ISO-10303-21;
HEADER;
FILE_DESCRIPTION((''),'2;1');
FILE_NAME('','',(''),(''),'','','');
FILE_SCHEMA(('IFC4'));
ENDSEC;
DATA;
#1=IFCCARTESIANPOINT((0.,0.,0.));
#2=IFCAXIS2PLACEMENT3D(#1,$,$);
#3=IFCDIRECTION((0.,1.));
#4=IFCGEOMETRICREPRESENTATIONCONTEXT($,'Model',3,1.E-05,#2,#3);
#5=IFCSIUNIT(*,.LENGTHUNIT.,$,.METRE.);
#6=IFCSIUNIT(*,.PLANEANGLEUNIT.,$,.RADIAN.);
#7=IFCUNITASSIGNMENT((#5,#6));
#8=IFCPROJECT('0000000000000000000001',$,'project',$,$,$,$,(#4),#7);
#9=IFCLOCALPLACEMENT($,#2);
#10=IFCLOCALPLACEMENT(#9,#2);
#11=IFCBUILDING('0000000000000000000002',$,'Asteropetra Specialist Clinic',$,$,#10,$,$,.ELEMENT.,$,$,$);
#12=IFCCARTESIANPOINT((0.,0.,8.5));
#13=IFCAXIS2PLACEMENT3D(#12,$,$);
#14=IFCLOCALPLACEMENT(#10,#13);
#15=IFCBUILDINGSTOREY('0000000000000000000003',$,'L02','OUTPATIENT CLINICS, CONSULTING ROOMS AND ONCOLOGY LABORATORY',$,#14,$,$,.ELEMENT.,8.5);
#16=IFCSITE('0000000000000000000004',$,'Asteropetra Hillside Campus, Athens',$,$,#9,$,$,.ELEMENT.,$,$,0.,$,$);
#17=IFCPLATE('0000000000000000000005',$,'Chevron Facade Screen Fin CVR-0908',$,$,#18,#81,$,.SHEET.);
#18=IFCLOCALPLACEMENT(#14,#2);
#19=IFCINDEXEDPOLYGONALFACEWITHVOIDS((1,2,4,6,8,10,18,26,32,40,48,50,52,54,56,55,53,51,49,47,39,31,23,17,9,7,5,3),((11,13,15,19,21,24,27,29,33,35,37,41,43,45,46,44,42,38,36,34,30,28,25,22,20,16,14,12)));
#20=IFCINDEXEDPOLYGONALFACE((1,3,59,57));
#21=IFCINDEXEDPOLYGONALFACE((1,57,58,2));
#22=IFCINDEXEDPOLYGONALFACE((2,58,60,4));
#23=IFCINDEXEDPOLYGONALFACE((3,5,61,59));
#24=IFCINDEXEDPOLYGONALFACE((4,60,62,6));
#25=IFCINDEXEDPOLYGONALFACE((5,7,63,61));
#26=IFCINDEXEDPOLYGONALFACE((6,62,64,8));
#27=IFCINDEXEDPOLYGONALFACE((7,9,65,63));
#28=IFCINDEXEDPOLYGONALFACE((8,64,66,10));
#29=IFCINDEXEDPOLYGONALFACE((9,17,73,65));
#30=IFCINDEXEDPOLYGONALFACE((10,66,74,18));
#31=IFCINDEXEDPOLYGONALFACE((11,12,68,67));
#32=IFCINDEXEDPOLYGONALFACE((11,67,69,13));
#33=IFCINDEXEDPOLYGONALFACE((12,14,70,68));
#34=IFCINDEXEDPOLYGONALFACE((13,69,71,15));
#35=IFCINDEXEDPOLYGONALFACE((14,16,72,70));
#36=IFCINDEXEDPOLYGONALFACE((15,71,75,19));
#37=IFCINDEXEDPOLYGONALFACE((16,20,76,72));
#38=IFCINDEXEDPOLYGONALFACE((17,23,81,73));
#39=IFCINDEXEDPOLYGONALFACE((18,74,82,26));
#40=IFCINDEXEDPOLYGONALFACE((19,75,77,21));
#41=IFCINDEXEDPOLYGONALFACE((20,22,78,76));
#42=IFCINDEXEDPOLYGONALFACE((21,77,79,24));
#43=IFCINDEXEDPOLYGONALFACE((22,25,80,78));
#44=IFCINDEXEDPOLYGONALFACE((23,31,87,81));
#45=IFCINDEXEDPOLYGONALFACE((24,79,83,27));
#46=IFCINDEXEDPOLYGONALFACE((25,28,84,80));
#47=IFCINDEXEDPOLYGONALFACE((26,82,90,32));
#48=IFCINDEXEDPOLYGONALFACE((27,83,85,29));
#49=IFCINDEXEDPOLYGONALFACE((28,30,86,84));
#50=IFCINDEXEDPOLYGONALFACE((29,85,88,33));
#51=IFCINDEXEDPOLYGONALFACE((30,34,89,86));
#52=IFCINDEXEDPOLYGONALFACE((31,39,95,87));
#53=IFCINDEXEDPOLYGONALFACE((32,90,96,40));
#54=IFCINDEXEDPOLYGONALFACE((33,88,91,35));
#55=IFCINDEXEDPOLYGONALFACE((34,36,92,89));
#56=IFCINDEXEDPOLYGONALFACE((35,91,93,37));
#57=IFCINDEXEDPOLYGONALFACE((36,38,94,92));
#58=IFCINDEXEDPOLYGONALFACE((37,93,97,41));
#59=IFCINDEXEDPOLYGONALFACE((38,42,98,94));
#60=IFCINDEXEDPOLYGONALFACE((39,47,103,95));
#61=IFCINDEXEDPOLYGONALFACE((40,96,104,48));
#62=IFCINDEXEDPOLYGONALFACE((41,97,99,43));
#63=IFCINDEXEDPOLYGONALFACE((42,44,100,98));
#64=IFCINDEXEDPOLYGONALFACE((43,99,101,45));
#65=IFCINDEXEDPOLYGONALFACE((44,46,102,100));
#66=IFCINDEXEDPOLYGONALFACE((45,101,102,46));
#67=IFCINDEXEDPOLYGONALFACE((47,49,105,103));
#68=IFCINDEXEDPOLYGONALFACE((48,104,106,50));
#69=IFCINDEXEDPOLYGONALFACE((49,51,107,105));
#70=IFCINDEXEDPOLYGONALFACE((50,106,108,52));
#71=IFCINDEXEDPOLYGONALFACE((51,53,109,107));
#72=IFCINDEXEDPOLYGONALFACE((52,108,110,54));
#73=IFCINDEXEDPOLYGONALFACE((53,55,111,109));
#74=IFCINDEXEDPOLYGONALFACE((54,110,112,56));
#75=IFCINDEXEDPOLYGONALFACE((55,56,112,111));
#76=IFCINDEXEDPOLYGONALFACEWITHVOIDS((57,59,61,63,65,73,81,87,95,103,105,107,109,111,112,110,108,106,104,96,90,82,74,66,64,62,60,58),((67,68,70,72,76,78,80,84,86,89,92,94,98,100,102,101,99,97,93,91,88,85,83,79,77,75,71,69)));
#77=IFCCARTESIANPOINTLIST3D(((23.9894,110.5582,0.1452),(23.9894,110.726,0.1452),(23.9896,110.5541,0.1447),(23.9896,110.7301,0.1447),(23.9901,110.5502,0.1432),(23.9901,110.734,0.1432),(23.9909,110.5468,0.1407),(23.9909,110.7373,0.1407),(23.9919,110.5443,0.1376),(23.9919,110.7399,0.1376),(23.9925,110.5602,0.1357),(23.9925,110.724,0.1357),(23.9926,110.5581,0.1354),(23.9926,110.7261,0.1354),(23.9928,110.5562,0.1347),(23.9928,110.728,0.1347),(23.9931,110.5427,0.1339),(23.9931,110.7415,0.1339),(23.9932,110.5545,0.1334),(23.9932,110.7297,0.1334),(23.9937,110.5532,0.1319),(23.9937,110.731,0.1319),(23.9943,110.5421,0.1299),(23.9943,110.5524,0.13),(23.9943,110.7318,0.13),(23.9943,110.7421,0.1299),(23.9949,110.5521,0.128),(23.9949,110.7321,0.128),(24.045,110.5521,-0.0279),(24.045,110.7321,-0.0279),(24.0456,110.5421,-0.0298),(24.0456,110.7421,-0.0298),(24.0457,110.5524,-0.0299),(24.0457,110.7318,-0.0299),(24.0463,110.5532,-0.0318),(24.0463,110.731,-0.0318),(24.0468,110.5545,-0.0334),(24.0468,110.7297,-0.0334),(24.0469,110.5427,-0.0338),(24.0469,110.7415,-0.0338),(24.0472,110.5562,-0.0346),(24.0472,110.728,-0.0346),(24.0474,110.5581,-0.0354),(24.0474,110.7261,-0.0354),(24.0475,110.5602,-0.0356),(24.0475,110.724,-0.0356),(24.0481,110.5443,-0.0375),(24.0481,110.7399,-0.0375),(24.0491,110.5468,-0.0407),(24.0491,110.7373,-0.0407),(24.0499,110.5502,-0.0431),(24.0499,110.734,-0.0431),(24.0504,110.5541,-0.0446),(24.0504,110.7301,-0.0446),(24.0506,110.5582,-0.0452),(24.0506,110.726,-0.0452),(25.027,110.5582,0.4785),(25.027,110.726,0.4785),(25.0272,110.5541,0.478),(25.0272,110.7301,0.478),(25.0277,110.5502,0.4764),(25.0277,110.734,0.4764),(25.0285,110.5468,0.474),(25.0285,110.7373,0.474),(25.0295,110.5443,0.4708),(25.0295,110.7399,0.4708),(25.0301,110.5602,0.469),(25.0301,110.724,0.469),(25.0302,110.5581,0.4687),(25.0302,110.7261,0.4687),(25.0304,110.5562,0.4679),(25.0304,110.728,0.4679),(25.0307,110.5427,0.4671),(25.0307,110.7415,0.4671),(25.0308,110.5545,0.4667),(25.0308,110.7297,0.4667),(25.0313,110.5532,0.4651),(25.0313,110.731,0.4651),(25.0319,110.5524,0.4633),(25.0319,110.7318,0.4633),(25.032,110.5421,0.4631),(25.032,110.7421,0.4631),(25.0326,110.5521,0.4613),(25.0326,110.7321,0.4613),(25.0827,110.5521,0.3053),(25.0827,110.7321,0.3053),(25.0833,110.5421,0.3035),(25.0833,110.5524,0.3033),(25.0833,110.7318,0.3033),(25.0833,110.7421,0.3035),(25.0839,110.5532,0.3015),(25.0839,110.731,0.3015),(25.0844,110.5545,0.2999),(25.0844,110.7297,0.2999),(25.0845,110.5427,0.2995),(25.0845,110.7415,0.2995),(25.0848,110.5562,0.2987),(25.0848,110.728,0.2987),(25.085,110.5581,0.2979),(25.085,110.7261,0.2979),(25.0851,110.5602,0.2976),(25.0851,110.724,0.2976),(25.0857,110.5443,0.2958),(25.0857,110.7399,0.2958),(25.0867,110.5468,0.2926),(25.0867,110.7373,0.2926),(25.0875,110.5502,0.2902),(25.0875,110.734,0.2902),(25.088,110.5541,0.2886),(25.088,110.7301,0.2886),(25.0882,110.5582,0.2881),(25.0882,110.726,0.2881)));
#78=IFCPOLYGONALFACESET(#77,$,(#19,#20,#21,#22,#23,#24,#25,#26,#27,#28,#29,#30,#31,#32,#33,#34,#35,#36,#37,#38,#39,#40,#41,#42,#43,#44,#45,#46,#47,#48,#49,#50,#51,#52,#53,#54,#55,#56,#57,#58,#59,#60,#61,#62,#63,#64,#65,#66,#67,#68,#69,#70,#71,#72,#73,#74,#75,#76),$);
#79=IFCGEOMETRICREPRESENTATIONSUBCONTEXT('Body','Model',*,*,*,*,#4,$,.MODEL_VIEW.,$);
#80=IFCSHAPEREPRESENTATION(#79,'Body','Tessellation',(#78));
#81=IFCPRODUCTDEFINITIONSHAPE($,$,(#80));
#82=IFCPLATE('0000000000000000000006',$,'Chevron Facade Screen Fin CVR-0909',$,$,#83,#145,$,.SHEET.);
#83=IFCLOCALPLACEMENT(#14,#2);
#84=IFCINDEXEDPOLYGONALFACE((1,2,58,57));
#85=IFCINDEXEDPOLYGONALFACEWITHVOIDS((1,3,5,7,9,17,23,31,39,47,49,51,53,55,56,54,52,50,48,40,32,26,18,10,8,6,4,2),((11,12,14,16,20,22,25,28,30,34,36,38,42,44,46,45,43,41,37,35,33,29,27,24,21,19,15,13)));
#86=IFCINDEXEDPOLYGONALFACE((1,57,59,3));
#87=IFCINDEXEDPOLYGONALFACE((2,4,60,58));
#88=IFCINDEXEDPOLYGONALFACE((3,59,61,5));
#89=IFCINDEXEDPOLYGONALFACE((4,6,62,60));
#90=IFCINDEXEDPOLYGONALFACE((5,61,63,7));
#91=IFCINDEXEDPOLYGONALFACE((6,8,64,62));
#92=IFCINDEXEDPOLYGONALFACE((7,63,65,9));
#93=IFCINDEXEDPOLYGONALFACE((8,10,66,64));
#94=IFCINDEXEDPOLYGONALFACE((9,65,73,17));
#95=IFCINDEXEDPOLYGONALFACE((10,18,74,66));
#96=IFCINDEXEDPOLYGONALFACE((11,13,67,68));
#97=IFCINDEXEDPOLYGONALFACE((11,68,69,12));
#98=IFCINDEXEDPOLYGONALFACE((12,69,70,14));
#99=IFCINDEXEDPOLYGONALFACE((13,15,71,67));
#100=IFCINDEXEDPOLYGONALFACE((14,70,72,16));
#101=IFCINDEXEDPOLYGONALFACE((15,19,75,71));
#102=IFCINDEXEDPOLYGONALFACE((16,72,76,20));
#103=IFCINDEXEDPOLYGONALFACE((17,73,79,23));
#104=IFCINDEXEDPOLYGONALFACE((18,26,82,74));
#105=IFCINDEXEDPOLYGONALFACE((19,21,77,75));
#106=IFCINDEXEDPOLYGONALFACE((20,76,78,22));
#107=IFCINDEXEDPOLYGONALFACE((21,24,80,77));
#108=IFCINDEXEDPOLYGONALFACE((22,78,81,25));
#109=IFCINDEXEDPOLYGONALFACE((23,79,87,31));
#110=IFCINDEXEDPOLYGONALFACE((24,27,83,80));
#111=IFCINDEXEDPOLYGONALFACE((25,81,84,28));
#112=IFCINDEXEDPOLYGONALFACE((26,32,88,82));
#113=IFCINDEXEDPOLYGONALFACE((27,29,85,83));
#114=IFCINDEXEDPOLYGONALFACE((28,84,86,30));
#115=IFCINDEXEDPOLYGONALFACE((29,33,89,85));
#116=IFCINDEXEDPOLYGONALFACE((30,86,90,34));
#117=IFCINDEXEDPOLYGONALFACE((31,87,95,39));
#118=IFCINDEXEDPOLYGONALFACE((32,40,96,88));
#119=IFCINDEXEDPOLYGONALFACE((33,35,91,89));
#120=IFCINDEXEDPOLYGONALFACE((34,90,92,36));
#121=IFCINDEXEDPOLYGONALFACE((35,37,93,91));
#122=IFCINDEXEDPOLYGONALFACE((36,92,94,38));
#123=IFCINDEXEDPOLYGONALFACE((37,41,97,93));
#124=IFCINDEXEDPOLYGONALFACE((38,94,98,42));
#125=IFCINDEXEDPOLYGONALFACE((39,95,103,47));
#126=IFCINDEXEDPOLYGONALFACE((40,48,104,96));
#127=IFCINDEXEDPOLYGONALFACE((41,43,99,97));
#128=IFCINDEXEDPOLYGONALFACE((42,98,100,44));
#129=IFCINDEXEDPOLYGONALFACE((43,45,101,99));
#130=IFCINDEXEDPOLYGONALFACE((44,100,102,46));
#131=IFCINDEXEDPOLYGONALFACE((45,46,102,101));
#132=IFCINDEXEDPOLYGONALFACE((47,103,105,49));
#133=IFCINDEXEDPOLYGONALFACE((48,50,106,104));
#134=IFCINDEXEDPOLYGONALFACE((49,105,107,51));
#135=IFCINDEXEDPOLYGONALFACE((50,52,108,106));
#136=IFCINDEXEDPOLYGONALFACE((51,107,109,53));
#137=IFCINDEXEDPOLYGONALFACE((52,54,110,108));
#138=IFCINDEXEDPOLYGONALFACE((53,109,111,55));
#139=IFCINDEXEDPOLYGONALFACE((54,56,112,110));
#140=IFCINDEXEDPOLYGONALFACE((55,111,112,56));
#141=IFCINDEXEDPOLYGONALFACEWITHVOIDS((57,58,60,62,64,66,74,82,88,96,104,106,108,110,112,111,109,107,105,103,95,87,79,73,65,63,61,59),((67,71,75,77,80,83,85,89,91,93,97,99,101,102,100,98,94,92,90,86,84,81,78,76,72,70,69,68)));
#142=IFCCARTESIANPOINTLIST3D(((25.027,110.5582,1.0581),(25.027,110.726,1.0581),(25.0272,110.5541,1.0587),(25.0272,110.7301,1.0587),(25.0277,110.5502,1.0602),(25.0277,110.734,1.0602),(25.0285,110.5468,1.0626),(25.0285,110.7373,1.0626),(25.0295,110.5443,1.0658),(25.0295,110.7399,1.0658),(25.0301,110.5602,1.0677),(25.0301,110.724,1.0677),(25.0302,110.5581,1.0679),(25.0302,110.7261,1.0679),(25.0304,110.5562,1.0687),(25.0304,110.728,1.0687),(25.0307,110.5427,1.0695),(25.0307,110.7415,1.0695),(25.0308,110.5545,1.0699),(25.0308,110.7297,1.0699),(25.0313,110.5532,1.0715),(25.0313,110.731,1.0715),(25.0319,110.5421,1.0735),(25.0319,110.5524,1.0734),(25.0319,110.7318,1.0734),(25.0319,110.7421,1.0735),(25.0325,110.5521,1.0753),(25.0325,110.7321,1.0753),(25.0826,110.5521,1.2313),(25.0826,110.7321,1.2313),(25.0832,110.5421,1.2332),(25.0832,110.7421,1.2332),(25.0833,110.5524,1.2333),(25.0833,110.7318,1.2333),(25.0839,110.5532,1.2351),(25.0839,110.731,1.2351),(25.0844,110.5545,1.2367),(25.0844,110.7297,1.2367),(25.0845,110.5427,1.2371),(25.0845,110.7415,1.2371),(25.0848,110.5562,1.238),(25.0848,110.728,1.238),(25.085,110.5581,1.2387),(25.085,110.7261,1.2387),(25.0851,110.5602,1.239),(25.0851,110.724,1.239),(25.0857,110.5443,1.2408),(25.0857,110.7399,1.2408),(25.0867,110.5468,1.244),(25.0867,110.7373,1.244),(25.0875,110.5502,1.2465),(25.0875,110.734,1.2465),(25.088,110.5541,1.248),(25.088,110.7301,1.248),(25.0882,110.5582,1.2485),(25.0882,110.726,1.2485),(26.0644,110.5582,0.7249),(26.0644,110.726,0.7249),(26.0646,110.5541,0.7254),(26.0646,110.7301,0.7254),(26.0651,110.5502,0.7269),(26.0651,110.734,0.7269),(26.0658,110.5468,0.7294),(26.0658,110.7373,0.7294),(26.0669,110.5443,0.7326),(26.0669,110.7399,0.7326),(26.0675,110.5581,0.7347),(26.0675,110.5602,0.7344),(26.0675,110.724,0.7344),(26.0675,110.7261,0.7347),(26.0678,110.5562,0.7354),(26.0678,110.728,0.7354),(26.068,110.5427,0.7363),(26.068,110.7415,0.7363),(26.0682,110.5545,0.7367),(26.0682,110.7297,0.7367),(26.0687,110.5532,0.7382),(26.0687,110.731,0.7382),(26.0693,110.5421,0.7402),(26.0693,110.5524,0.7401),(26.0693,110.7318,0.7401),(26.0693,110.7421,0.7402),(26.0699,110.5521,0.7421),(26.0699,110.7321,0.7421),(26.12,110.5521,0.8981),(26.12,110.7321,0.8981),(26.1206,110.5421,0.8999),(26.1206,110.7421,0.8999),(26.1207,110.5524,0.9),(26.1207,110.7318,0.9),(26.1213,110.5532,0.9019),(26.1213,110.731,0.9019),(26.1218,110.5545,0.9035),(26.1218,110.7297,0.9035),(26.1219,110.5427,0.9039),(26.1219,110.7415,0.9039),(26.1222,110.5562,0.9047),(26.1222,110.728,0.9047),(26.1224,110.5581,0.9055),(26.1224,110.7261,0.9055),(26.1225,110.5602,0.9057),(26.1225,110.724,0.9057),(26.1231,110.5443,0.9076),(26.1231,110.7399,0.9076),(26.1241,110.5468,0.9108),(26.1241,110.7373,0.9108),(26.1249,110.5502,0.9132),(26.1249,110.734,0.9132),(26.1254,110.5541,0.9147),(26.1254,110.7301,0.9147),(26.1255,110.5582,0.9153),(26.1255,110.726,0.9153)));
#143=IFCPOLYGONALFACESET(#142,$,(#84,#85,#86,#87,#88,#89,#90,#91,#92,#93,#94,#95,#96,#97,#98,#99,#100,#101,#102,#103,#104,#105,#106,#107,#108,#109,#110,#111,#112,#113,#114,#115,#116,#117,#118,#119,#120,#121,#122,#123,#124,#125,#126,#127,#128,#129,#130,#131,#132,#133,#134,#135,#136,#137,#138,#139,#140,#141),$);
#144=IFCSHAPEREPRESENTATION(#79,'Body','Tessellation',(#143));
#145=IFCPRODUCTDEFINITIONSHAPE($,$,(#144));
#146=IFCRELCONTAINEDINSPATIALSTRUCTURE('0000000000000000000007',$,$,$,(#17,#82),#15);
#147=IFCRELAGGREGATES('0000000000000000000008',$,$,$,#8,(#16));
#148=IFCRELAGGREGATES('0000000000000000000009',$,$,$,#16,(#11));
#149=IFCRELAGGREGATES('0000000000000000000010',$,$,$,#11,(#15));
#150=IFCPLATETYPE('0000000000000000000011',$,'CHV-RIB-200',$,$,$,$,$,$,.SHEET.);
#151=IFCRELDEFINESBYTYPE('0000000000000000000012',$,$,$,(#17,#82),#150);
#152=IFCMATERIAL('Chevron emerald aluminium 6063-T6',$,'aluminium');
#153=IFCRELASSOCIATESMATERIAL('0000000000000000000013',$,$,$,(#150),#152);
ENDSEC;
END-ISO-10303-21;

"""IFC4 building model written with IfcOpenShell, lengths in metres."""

from ifc_helpers import new_model, si_unit, direction, frame, origin, origin_2d, place, context, subcontext, project, spatial, hollow_rectangle, extrude, material, material_profile, profile_set, type_object, element, save


model = new_model("IFC4")

# Units and contexts
model_context = context("Model", 3, precision=1e-05, world=origin(), true_north=direction((0.0, 1.0)))
body_context = subcontext(model_context, "Body", "Model", "MODEL_VIEW")
ifc_project = project(units=[si_unit("LENGTHUNIT", "METRE"), si_unit("PLANEANGLEUNIT", "RADIAN")], contexts=[model_context])

# Site, building, storey
site_placement = place(None, origin())
site = spatial("IfcSite", under=ifc_project, at=site_placement, Name="Asteropetra Hillside Campus, Athens", CompositionType="ELEMENT", RefElevation=0.0)
building_placement = place(site_placement, origin())
building = spatial("IfcBuilding", under=site, at=building_placement, Name="Asteropetra Specialist Clinic", CompositionType="ELEMENT")
storey_placement = place(building_placement, frame((0.0, 0.0, 8.5)))
storey = spatial("IfcBuildingStorey", under=building, at=storey_placement, Name="L02", Description="OUTPATIENT CLINICS, CONSULTING ROOMS AND ONCOLOGY LABORATORY", CompositionType="ELEMENT", Elevation=8.5)

# Plates
ifc_material = material(Name="Chevron emerald aluminium 6063-T6", Category="aluminium")
ifc_material_profile = material_profile(ifc_material, hollow_rectangle(XDim=0.2, YDim=0.2, WallThickness=0.01, InnerFilletRadius=0.0081, OuterFilletRadius=0.0161, at=origin_2d()), Name="SHS 200x200x10.0")
ifc_profile_set = profile_set([ifc_material_profile], Name="Chevron emerald aluminium 6063-T6")
plate_type = type_object("IfcPlateType", Name="CHV-RIB-200", PredefinedType="SHEET", material=ifc_profile_set)
plate_1_placement = place(storey_placement, frame((25.0576, 110.6421, 0.3833), z_axis=(-0.952098, 0.0, -0.305792), x_axis=(0.0, -1.0, 0.0)))
element("IfcPlate", 1, at=plate_1_placement, inside=storey, type_object=plate_type, Name="Chevron Facade Screen Fin CVR-0908", PredefinedType="SHEET", context=body_context, shape_type="SweptSolid", body=[
    extrude(hollow_rectangle(XDim=0.2, YDim=0.2, WallThickness=0.01, InnerFilletRadius=0.0081, OuterFilletRadius=0.0161, at=origin_2d()), origin(), (0.0, 0.0, 1.0), 1.0898),
])
plate_2_placement = place(storey_placement, frame((26.095, 110.6421, 0.8201), z_axis=(-0.952078, 0.0, 0.305857), x_axis=(0.0, -1.0, 0.0)))
element("IfcPlate", 2, at=plate_2_placement, inside=storey, type_object=plate_type, Name="Chevron Facade Screen Fin CVR-0909", PredefinedType="SHEET", context=body_context, shape_type="SweptSolid", body=[
    extrude(hollow_rectangle(XDim=0.2, YDim=0.2, WallThickness=0.01, InnerFilletRadius=0.0081, OuterFilletRadius=0.0161, at=origin_2d()), origin(), (0.0, 0.0, 1.0), 1.0896),
])

save(model, "model.ifc")
